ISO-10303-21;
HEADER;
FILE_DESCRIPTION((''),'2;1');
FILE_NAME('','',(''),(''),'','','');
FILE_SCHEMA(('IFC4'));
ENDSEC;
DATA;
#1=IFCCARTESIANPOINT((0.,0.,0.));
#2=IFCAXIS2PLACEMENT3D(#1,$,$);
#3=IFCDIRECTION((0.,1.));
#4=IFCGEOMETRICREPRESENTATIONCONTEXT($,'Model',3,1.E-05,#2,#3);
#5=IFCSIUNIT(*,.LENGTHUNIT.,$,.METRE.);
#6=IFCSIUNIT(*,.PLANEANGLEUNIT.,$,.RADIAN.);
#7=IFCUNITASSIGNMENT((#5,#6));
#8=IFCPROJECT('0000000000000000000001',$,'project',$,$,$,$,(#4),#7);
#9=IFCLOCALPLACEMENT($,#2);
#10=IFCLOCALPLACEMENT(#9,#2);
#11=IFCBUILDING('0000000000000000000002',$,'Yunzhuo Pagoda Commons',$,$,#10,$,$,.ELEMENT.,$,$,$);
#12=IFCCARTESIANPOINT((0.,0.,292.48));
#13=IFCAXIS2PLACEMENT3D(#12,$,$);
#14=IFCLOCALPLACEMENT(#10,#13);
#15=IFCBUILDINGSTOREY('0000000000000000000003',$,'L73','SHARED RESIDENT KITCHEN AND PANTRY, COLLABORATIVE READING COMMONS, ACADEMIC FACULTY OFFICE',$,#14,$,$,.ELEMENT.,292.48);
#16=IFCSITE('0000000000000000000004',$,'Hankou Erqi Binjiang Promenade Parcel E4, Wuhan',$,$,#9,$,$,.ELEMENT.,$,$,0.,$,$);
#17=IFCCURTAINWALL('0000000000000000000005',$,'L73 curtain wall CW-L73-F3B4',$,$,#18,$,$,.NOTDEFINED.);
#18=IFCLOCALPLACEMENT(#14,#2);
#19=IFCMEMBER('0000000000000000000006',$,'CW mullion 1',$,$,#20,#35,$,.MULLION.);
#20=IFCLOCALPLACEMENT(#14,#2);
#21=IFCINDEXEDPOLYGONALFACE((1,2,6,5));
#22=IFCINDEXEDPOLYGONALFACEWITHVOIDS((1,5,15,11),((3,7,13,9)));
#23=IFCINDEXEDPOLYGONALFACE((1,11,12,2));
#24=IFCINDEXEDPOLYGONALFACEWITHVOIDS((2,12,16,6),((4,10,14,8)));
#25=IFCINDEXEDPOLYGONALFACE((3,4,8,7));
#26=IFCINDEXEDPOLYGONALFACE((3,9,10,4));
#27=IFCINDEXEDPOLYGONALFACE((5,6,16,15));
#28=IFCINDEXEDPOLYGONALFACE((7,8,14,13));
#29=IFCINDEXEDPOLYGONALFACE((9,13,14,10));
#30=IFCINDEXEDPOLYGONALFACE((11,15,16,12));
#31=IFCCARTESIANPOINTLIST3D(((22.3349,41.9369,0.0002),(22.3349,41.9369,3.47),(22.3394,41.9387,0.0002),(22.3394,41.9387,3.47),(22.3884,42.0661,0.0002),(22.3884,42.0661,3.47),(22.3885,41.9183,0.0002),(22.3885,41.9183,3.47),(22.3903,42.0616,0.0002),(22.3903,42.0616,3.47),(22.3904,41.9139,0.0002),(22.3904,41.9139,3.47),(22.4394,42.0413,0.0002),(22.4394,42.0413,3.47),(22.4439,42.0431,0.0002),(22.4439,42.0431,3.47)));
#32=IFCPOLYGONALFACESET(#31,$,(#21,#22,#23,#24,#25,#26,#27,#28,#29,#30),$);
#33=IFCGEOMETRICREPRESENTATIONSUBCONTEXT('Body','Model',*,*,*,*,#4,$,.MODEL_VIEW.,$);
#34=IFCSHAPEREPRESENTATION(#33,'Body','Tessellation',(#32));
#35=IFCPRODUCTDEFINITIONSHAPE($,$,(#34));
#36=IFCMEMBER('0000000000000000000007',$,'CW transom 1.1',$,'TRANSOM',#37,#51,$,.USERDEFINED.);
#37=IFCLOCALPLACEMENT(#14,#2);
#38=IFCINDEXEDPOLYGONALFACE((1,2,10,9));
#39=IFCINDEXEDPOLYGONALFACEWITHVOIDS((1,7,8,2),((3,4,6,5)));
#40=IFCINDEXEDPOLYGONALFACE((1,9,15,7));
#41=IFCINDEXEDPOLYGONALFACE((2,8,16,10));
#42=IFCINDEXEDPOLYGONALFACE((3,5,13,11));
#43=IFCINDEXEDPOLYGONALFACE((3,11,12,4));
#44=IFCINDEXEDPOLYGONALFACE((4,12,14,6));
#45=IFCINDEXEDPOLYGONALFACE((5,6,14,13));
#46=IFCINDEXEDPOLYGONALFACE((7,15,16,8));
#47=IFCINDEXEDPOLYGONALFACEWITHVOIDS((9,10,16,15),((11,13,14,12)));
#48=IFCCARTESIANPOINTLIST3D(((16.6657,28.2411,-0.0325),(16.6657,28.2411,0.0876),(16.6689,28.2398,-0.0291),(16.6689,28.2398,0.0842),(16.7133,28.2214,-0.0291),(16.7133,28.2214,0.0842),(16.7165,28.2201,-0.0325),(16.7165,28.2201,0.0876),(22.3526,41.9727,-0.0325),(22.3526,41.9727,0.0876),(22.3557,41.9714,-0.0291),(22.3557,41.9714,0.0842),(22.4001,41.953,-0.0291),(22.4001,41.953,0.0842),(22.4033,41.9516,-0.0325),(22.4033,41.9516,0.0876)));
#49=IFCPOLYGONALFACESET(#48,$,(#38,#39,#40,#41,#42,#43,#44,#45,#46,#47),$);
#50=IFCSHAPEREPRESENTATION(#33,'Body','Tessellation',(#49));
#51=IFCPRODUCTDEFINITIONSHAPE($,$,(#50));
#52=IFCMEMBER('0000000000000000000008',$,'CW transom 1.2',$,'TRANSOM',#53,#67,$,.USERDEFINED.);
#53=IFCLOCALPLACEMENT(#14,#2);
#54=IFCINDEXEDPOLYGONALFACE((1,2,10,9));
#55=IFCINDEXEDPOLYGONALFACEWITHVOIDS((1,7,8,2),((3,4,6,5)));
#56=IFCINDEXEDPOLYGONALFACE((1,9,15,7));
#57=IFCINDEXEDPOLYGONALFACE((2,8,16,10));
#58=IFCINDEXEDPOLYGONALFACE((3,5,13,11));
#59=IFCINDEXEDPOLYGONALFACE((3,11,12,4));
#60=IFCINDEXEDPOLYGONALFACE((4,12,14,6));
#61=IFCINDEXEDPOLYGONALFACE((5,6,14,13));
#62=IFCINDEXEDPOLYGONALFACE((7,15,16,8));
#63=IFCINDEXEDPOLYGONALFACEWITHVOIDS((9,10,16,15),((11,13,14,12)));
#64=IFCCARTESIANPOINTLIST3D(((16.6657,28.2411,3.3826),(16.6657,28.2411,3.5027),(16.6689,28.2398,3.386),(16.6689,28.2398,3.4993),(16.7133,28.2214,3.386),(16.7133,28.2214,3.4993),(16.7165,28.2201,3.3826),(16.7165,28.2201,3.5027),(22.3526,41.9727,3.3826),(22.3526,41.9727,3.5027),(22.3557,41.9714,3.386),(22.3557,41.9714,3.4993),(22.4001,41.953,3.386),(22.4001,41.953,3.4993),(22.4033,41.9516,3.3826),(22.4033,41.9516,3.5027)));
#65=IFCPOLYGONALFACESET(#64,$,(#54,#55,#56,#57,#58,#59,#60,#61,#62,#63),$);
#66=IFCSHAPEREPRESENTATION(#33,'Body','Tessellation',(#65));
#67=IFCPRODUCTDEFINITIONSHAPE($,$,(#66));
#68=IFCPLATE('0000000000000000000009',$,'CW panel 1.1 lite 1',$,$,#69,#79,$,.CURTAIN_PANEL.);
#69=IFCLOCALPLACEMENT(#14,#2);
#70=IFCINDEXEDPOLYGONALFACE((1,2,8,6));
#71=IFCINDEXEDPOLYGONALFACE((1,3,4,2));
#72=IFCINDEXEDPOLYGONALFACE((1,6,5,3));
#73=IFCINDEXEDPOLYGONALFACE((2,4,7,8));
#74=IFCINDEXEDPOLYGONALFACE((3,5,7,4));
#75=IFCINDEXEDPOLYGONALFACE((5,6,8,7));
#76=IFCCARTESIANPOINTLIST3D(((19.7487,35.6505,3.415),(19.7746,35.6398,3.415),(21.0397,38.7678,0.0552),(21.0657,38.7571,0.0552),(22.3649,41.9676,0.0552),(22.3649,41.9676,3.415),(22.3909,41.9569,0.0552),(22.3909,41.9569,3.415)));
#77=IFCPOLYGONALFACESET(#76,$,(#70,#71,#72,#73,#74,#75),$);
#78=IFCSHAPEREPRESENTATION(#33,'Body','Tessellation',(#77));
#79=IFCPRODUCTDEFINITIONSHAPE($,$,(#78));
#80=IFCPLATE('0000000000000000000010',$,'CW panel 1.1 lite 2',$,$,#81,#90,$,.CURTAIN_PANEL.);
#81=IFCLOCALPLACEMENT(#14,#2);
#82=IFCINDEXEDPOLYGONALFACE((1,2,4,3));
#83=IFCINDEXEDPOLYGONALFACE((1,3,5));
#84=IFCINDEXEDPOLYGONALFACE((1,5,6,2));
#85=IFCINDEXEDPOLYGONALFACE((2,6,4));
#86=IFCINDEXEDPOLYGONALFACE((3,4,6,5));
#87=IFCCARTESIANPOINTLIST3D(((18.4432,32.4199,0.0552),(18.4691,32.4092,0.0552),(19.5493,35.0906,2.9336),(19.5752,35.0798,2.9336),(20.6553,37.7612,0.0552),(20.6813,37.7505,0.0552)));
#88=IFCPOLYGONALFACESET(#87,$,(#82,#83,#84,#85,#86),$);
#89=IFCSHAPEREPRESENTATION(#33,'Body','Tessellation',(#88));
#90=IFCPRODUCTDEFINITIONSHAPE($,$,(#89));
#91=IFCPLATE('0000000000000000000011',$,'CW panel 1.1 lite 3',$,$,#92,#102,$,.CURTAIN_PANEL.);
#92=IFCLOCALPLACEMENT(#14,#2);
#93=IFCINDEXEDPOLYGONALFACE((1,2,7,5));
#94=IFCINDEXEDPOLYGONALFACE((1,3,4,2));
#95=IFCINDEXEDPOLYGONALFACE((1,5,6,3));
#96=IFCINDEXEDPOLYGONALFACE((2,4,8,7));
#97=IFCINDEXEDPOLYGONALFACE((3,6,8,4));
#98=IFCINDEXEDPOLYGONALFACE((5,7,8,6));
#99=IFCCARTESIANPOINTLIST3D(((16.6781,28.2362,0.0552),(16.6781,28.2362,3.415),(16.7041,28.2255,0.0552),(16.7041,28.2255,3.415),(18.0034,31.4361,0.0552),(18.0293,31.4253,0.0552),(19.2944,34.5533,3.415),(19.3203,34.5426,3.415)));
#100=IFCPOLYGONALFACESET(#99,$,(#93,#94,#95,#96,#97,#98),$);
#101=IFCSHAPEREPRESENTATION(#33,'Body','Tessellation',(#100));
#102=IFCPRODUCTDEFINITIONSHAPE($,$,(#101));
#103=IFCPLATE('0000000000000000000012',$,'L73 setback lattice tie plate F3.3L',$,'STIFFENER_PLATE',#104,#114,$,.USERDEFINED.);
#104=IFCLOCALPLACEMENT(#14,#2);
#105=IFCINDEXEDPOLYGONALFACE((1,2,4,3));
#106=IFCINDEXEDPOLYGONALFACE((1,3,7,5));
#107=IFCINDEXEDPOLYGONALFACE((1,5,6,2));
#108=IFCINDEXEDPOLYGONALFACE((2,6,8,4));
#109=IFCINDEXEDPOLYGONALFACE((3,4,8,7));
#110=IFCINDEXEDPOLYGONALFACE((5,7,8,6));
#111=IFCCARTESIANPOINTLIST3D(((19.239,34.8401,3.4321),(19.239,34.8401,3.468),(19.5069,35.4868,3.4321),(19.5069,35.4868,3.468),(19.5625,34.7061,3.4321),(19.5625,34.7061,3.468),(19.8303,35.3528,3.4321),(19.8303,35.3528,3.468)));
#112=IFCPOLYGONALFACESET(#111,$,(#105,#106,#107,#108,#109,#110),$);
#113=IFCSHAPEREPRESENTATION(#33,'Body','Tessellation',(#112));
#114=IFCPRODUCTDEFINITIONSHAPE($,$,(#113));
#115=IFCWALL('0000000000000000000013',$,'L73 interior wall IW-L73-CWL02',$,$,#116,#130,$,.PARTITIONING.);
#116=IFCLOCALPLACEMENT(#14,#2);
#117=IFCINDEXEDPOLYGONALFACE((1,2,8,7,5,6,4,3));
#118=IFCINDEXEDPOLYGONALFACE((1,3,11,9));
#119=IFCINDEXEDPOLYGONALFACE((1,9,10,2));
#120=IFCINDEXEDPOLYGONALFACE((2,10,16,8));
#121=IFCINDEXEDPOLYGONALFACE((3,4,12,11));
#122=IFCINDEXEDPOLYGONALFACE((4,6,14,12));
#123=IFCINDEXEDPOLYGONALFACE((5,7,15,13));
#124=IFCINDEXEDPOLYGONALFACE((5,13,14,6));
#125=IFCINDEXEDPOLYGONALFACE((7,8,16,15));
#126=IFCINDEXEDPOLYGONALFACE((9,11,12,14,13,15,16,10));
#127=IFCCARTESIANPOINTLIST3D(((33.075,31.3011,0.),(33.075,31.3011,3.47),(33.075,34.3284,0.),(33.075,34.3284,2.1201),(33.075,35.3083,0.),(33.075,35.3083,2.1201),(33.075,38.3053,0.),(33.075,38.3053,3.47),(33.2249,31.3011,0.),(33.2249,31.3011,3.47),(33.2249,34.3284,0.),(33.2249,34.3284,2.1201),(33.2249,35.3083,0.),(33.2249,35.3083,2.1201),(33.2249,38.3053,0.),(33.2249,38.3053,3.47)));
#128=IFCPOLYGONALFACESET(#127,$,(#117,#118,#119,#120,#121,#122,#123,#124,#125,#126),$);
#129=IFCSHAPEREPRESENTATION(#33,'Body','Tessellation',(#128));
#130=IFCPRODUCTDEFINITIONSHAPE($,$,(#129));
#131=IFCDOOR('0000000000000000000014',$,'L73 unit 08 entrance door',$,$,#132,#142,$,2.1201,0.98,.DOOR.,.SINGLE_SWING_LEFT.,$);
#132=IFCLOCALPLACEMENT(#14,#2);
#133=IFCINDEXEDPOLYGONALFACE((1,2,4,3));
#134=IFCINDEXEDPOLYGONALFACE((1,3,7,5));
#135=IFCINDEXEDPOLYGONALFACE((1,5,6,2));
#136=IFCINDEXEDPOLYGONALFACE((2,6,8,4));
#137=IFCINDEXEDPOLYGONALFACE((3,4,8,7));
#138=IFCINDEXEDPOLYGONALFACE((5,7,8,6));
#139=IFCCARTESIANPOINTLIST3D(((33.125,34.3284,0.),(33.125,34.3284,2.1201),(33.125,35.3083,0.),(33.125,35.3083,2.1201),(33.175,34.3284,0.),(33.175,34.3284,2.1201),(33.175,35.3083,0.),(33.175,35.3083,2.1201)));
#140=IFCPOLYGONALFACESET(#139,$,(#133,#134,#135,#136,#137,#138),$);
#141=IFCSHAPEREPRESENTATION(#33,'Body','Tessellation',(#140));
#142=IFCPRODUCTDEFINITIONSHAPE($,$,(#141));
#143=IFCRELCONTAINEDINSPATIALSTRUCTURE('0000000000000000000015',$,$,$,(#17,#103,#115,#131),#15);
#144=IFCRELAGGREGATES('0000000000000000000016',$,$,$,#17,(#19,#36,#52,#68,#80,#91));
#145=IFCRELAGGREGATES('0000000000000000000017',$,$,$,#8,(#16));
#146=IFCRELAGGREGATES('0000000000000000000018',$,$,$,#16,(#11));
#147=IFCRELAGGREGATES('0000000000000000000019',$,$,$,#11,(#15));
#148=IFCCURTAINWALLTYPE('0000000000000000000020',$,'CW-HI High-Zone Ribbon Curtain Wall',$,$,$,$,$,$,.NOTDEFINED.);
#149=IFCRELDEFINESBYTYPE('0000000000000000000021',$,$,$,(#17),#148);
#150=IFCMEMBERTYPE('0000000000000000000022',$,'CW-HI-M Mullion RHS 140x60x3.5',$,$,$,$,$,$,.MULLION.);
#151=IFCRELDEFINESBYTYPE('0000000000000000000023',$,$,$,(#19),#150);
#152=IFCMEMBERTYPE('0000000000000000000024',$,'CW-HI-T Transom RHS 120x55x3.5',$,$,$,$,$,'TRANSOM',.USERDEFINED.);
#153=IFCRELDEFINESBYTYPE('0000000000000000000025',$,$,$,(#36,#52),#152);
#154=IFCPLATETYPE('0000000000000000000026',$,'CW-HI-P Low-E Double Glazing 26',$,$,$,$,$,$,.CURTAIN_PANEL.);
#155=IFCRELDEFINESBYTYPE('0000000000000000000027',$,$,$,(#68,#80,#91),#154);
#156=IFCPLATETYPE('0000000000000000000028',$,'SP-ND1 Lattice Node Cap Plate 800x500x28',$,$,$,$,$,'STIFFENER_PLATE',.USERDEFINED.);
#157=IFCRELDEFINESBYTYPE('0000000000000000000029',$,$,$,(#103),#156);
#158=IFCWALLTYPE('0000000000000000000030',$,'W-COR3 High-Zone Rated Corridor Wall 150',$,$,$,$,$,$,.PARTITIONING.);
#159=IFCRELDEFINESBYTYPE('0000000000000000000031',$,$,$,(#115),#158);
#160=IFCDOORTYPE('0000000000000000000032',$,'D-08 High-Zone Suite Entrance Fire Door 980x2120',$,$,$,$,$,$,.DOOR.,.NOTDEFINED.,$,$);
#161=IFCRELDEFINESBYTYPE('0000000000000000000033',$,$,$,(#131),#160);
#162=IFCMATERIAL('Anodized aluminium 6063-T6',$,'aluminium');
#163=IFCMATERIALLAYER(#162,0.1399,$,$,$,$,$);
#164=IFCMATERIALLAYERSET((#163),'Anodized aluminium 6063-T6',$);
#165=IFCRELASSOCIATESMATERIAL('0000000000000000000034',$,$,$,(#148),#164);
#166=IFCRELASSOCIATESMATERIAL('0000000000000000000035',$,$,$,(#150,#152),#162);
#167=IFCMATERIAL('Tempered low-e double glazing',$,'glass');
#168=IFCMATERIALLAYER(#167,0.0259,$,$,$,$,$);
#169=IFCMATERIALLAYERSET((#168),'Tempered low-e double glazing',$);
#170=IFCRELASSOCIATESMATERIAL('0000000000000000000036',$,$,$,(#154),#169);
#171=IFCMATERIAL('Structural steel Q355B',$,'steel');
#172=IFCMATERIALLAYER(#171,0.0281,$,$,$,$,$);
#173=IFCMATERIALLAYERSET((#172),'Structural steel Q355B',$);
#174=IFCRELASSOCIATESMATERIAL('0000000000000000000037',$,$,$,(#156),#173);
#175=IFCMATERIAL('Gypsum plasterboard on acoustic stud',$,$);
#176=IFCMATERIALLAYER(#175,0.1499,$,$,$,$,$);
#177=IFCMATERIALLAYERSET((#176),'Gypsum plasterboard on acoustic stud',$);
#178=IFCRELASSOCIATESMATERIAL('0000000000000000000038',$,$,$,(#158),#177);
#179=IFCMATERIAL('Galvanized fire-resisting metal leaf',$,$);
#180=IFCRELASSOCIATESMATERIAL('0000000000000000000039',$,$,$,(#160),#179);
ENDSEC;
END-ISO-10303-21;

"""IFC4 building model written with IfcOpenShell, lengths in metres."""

from ifc_helpers import new_model, si_unit, direction, frame, frame_2d, origin, origin_with_axes, origin_2d, place, context, subcontext, project, spatial, polyline, rectangle, hollow_rectangle, outline, extrude, source, transform, mapped, material, layer, layer_set, material_profile, profile_set, type_object, element, fill, aggregate, save


model = new_model("IFC4")

# Units and contexts
model_context = context("Model", 3, precision=1e-05, world=origin(), true_north=direction((0.0, 1.0)))
body_context = subcontext(model_context, "Body", "Model", "MODEL_VIEW")
ifc_project = project(units=[si_unit("LENGTHUNIT", "METRE"), si_unit("PLANEANGLEUNIT", "RADIAN")], contexts=[model_context])

# Site, building, storey
site_placement = place(None, origin())
site = spatial("IfcSite", under=ifc_project, at=site_placement, Name="Hankou Erqi Binjiang Promenade Parcel E4, Wuhan", CompositionType="ELEMENT", RefElevation=0.0)
building_placement = place(site_placement, origin())
building = spatial("IfcBuilding", under=site, at=building_placement, Name="Yunzhuo Pagoda Commons", CompositionType="ELEMENT")
storey_placement = place(building_placement, frame((0.0, 0.0, 292.48)))
storey = spatial("IfcBuildingStorey", under=building, at=storey_placement, Name="L73", Description="SHARED RESIDENT KITCHEN AND PANTRY, COLLABORATIVE READING COMMONS, ACADEMIC FACULTY OFFICE", CompositionType="ELEMENT", Elevation=292.48)

# Shared definitions
ifc_material_1 = material(Name="Structural steel Q355B", Category="steel")

# Curtain wall, members, plates
ifc_material_2 = material(Name="Anodized aluminium 6063-T6", Category="aluminium")
ifc_layer_1 = layer(ifc_material_2, 0.1399)
ifc_layer_set_1 = layer_set([ifc_layer_1], Name="Anodized aluminium 6063-T6")
curtain_wall_type = type_object("IfcCurtainWallType", Name="CW-HI High-Zone Ribbon Curtain Wall", PredefinedType="NOTDEFINED", material=ifc_layer_set_1)
curtain_wall_placement = place(storey_placement, origin())
curtain_wall = element("IfcCurtainWall", 1, at=curtain_wall_placement, inside=storey, type_object=curtain_wall_type, Name="L73 curtain wall CW-L73-F3B4", PredefinedType="NOTDEFINED")
ifc_material_profile_1 = material_profile(ifc_material_2, hollow_rectangle(XDim=0.0601, YDim=0.1399, WallThickness=0.0034, at=origin_2d()), Name="Anodized aluminium 6063-T6")
ifc_profile_set_1 = profile_set([ifc_material_profile_1], Name="Anodized aluminium 6063-T6")
member_type_1 = type_object("IfcMemberType", Name="CW-HI-M Mullion RHS 140x60x3.5", PredefinedType="MULLION", material=ifc_profile_set_1)
shared_shape_1 = source(origin(), body_context, "Body", "SweptSolid", [
    extrude(hollow_rectangle(XDim=0.0601, YDim=0.1399, WallThickness=0.0034, at=origin_2d()), origin(), (0.0, 0.0, 1.0), 3.4697),
])
member_1_placement = place(storey_placement, frame((22.3894, 41.99, 0.0002), z_axis=(0.0, 0.0, 1.0), x_axis=(0.923899, -0.382636, 0.0)))
member_1 = element("IfcMember", 2, at=member_1_placement, type_object=member_type_1, Name="CW mullion 1", PredefinedType="MULLION", context=body_context, shape_type="MappedRepresentation", body=[
    mapped(shared_shape_1, transform((0.0, 0.0, 0.0), scale=1.0)),
])
ifc_material_profile_2 = material_profile(ifc_material_2, hollow_rectangle(XDim=0.0549, YDim=0.1201, WallThickness=0.0034, at=origin_2d()), Name="Anodized aluminium 6063-T6")
ifc_profile_set_2 = profile_set([ifc_material_profile_2], Name="Anodized aluminium 6063-T6")
member_type_2 = type_object("IfcMemberType", Name="CW-HI-T Transom RHS 120x55x3.5", ElementType="TRANSOM", PredefinedType="USERDEFINED", material=ifc_profile_set_2)
shared_shape_2 = source(origin(), body_context, "Body", "SweptSolid", [
    extrude(hollow_rectangle(XDim=0.0549, YDim=0.1201, WallThickness=0.0034, at=origin_2d()), origin(), (0.0, 0.0, 1.0), 14.8625),
])
member_2_placement = place(storey_placement, frame((22.3779, 41.9622, 0.0276), z_axis=(-0.382627, -0.923903, 0.0), x_axis=(0.923903, -0.382627, 0.0)))
member_2 = element("IfcMember", 3, at=member_2_placement, type_object=member_type_2, Name="CW transom 1.1", ObjectType="TRANSOM", PredefinedType="USERDEFINED", context=body_context, shape_type="MappedRepresentation", body=[
    mapped(shared_shape_2, transform((0.0, 0.0, 0.0), scale=1.0)),
])
member_3_placement = place(storey_placement, frame((22.3779, 41.9622, 3.4426), z_axis=(-0.382627, -0.923903, 0.0), x_axis=(0.923903, -0.382627, 0.0)))
member_3 = element("IfcMember", 4, at=member_3_placement, type_object=member_type_2, Name="CW transom 1.2", ObjectType="TRANSOM", PredefinedType="USERDEFINED", context=body_context, shape_type="MappedRepresentation", body=[
    mapped(shared_shape_2, transform((0.0, 0.0, 0.0), scale=1.0)),
])
ifc_material_3 = material(Name="Tempered low-e double glazing", Category="glass")
ifc_layer_2 = layer(ifc_material_3, 0.0259)
ifc_layer_set_2 = layer_set([ifc_layer_2], Name="Tempered low-e double glazing")
plate_type_1 = type_object("IfcPlateType", Name="CW-HI-P Low-E Double Glazing 26", PredefinedType="CURTAIN_PANEL", material=ifc_layer_set_2)
plate_1_placement = place(storey_placement, frame((21.0828, 38.7983, 1.7351), z_axis=(-0.923899, 0.382636, 0.0), x_axis=(-0.382636, -0.923899, 0.0)))
plate_1 = element("IfcPlate", 5, at=plate_1_placement, type_object=plate_type_1, Name="CW panel 1.1 lite 1", PredefinedType="CURTAIN_PANEL", context=body_context, shape_type="SweptSolid", body=[
    extrude(outline(polyline([(-3.4187, -1.6799), (0.0447, -1.6799), (3.4187, 1.6799), (-3.4187, 1.6799), (-3.4187, -1.6799)])), origin(), (0.0, 0.0, 1.0), 0.0281),
])
plate_2_placement = place(storey_placement, frame((19.5752, 35.0798, 1.4944), z_axis=(-0.923899, 0.382636, 0.0), x_axis=(-0.382636, -0.923899, 0.0)))
plate_2 = element("IfcPlate", 6, at=plate_2_placement, type_object=plate_type_1, Name="CW panel 1.1 lite 2", PredefinedType="CURTAIN_PANEL", context=body_context, shape_type="SweptSolid", body=[
    extrude(outline(polyline([(-2.8906, -1.4392), (2.8906, -1.4392), (0.0, 1.4392), (-2.8906, -1.4392)])), origin(), (0.0, 0.0, 1.0), 0.0281),
])
plate_3_placement = place(storey_placement, frame((18.0122, 31.384, 1.7351), z_axis=(-0.923899, 0.382636, 0.0), x_axis=(-0.382636, -0.923899, 0.0)))
plate_3 = element("IfcPlate", 7, at=plate_3_placement, type_object=plate_type_1, Name="CW panel 1.1 lite 3", PredefinedType="CURTAIN_PANEL", context=body_context, shape_type="SweptSolid", body=[
    extrude(outline(polyline([(-3.4187, 1.6799), (-0.0447, -1.6799), (3.4187, -1.6799), (3.4187, 1.6799), (-3.4187, 1.6799)])), origin(), (0.0, 0.0, 1.0), 0.0281),
])
aggregate(curtain_wall, [member_1, member_2, member_3, plate_1, plate_2, plate_3])

# Plate
ifc_layer_3 = layer(ifc_material_1, 0.0281)
ifc_layer_set_3 = layer_set([ifc_layer_3], Name="Structural steel Q355B")
plate_type_2 = type_object("IfcPlateType", Name="SP-ND1 Lattice Node Cap Plate 800x500x28", ElementType="STIFFENER_PLATE", PredefinedType="USERDEFINED", material=ifc_layer_set_3)
shared_shape_3 = source(origin(), body_context, "Body", "SweptSolid", [
    extrude(rectangle(XDim=0.7, YDim=0.3501, at=origin_2d()), origin(), (0.0, 0.0, 1.0), 0.0359),
])
plate_4_placement = place(storey_placement, frame((19.5347, 35.0964, 3.4321), z_axis=(0.0, 0.0, 1.0), x_axis=(-0.382635, -0.9239, 0.0)))
element("IfcPlate", 8, at=plate_4_placement, inside=storey, type_object=plate_type_2, Name="L73 setback lattice tie plate F3.3L", ObjectType="STIFFENER_PLATE", PredefinedType="USERDEFINED", context=body_context, shape_type="MappedRepresentation", body=[
    mapped(shared_shape_3, transform((0.0, 0.0, 0.0), scale=1.0)),
])

# Wall, opening, door
ifc_material_4 = material(Name="Gypsum plasterboard on acoustic stud")
ifc_layer_4 = layer(ifc_material_4, 0.1499)
ifc_layer_set_4 = layer_set([ifc_layer_4], Name="Gypsum plasterboard on acoustic stud")
wall_type_1 = type_object("IfcWallType", Name="W-COR3 High-Zone Rated Corridor Wall 150", PredefinedType="PARTITIONING", material=ifc_layer_set_4)
wall_1_placement = place(storey_placement, frame((33.1499, 31.3013, 0.0), z_axis=(0.0, 0.0, 1.0), x_axis=(0.0, 1.0, 0.0)))
wall_1 = element("IfcWall", 9, at=wall_1_placement, inside=storey, type_object=wall_type_1, Name="L73 interior wall IW-L73-CWL02", PredefinedType="PARTITIONING", context=body_context, shape_type="SweptSolid", body=[
    extrude(rectangle(XDim=7.0042, YDim=0.1499, at=frame_2d((3.502, 0.0))), origin(), (0.0, 0.0, 1.0), 3.47),
])
opening_1_placement = place(wall_1_placement, frame((3.0271, 0.0, 0.0)))
opening_1 = element("IfcOpeningElement", 10, at=opening_1_placement, cuts=wall_1, PredefinedType="OPENING", context=body_context, shape_type="SweptSolid", body=[
    extrude(rectangle(XDim=0.98, YDim=2.1201, at=frame_2d((0.49, 1.0601))), frame((0.0, 0.085, 0.0), z_axis=(0.0, -1.0, 0.0), x_axis=(1.0, 0.0, 0.0)), (0.0, 0.0, 1.0), 0.1699),
])
ifc_material_5 = material(Name="Galvanized fire-resisting metal leaf")
door_type_1 = type_object("IfcDoorType", Name="D-08 High-Zone Suite Entrance Fire Door 980x2120", OperationType="NOTDEFINED", PredefinedType="DOOR", material=ifc_material_5)
shared_shape_4 = source(origin(), body_context, "Body", "SweptSolid", [
    extrude(rectangle(XDim=0.98, YDim=2.1201, at=frame_2d((0.49, 1.0601))), frame((0.0, 0.0249, 0.0), z_axis=(0.0, -1.0, 0.0), x_axis=(1.0, 0.0, 0.0)), (0.0, 0.0, 1.0), 0.05),
])
door_1_placement = place(opening_1_placement, origin_with_axes())
door_1 = element("IfcDoor", 11, at=door_1_placement, inside=storey, type_object=door_type_1, Name="L73 unit 08 entrance door", OperationType="SINGLE_SWING_LEFT", OverallHeight=2.1201, OverallWidth=0.98, PredefinedType="DOOR", context=body_context, shape_type="MappedRepresentation", body=[
    mapped(shared_shape_4, transform((0.0, 0.0, 0.0), scale=1.0)),
])
fill(opening_1, door_1)

save(model, "model.ifc")
